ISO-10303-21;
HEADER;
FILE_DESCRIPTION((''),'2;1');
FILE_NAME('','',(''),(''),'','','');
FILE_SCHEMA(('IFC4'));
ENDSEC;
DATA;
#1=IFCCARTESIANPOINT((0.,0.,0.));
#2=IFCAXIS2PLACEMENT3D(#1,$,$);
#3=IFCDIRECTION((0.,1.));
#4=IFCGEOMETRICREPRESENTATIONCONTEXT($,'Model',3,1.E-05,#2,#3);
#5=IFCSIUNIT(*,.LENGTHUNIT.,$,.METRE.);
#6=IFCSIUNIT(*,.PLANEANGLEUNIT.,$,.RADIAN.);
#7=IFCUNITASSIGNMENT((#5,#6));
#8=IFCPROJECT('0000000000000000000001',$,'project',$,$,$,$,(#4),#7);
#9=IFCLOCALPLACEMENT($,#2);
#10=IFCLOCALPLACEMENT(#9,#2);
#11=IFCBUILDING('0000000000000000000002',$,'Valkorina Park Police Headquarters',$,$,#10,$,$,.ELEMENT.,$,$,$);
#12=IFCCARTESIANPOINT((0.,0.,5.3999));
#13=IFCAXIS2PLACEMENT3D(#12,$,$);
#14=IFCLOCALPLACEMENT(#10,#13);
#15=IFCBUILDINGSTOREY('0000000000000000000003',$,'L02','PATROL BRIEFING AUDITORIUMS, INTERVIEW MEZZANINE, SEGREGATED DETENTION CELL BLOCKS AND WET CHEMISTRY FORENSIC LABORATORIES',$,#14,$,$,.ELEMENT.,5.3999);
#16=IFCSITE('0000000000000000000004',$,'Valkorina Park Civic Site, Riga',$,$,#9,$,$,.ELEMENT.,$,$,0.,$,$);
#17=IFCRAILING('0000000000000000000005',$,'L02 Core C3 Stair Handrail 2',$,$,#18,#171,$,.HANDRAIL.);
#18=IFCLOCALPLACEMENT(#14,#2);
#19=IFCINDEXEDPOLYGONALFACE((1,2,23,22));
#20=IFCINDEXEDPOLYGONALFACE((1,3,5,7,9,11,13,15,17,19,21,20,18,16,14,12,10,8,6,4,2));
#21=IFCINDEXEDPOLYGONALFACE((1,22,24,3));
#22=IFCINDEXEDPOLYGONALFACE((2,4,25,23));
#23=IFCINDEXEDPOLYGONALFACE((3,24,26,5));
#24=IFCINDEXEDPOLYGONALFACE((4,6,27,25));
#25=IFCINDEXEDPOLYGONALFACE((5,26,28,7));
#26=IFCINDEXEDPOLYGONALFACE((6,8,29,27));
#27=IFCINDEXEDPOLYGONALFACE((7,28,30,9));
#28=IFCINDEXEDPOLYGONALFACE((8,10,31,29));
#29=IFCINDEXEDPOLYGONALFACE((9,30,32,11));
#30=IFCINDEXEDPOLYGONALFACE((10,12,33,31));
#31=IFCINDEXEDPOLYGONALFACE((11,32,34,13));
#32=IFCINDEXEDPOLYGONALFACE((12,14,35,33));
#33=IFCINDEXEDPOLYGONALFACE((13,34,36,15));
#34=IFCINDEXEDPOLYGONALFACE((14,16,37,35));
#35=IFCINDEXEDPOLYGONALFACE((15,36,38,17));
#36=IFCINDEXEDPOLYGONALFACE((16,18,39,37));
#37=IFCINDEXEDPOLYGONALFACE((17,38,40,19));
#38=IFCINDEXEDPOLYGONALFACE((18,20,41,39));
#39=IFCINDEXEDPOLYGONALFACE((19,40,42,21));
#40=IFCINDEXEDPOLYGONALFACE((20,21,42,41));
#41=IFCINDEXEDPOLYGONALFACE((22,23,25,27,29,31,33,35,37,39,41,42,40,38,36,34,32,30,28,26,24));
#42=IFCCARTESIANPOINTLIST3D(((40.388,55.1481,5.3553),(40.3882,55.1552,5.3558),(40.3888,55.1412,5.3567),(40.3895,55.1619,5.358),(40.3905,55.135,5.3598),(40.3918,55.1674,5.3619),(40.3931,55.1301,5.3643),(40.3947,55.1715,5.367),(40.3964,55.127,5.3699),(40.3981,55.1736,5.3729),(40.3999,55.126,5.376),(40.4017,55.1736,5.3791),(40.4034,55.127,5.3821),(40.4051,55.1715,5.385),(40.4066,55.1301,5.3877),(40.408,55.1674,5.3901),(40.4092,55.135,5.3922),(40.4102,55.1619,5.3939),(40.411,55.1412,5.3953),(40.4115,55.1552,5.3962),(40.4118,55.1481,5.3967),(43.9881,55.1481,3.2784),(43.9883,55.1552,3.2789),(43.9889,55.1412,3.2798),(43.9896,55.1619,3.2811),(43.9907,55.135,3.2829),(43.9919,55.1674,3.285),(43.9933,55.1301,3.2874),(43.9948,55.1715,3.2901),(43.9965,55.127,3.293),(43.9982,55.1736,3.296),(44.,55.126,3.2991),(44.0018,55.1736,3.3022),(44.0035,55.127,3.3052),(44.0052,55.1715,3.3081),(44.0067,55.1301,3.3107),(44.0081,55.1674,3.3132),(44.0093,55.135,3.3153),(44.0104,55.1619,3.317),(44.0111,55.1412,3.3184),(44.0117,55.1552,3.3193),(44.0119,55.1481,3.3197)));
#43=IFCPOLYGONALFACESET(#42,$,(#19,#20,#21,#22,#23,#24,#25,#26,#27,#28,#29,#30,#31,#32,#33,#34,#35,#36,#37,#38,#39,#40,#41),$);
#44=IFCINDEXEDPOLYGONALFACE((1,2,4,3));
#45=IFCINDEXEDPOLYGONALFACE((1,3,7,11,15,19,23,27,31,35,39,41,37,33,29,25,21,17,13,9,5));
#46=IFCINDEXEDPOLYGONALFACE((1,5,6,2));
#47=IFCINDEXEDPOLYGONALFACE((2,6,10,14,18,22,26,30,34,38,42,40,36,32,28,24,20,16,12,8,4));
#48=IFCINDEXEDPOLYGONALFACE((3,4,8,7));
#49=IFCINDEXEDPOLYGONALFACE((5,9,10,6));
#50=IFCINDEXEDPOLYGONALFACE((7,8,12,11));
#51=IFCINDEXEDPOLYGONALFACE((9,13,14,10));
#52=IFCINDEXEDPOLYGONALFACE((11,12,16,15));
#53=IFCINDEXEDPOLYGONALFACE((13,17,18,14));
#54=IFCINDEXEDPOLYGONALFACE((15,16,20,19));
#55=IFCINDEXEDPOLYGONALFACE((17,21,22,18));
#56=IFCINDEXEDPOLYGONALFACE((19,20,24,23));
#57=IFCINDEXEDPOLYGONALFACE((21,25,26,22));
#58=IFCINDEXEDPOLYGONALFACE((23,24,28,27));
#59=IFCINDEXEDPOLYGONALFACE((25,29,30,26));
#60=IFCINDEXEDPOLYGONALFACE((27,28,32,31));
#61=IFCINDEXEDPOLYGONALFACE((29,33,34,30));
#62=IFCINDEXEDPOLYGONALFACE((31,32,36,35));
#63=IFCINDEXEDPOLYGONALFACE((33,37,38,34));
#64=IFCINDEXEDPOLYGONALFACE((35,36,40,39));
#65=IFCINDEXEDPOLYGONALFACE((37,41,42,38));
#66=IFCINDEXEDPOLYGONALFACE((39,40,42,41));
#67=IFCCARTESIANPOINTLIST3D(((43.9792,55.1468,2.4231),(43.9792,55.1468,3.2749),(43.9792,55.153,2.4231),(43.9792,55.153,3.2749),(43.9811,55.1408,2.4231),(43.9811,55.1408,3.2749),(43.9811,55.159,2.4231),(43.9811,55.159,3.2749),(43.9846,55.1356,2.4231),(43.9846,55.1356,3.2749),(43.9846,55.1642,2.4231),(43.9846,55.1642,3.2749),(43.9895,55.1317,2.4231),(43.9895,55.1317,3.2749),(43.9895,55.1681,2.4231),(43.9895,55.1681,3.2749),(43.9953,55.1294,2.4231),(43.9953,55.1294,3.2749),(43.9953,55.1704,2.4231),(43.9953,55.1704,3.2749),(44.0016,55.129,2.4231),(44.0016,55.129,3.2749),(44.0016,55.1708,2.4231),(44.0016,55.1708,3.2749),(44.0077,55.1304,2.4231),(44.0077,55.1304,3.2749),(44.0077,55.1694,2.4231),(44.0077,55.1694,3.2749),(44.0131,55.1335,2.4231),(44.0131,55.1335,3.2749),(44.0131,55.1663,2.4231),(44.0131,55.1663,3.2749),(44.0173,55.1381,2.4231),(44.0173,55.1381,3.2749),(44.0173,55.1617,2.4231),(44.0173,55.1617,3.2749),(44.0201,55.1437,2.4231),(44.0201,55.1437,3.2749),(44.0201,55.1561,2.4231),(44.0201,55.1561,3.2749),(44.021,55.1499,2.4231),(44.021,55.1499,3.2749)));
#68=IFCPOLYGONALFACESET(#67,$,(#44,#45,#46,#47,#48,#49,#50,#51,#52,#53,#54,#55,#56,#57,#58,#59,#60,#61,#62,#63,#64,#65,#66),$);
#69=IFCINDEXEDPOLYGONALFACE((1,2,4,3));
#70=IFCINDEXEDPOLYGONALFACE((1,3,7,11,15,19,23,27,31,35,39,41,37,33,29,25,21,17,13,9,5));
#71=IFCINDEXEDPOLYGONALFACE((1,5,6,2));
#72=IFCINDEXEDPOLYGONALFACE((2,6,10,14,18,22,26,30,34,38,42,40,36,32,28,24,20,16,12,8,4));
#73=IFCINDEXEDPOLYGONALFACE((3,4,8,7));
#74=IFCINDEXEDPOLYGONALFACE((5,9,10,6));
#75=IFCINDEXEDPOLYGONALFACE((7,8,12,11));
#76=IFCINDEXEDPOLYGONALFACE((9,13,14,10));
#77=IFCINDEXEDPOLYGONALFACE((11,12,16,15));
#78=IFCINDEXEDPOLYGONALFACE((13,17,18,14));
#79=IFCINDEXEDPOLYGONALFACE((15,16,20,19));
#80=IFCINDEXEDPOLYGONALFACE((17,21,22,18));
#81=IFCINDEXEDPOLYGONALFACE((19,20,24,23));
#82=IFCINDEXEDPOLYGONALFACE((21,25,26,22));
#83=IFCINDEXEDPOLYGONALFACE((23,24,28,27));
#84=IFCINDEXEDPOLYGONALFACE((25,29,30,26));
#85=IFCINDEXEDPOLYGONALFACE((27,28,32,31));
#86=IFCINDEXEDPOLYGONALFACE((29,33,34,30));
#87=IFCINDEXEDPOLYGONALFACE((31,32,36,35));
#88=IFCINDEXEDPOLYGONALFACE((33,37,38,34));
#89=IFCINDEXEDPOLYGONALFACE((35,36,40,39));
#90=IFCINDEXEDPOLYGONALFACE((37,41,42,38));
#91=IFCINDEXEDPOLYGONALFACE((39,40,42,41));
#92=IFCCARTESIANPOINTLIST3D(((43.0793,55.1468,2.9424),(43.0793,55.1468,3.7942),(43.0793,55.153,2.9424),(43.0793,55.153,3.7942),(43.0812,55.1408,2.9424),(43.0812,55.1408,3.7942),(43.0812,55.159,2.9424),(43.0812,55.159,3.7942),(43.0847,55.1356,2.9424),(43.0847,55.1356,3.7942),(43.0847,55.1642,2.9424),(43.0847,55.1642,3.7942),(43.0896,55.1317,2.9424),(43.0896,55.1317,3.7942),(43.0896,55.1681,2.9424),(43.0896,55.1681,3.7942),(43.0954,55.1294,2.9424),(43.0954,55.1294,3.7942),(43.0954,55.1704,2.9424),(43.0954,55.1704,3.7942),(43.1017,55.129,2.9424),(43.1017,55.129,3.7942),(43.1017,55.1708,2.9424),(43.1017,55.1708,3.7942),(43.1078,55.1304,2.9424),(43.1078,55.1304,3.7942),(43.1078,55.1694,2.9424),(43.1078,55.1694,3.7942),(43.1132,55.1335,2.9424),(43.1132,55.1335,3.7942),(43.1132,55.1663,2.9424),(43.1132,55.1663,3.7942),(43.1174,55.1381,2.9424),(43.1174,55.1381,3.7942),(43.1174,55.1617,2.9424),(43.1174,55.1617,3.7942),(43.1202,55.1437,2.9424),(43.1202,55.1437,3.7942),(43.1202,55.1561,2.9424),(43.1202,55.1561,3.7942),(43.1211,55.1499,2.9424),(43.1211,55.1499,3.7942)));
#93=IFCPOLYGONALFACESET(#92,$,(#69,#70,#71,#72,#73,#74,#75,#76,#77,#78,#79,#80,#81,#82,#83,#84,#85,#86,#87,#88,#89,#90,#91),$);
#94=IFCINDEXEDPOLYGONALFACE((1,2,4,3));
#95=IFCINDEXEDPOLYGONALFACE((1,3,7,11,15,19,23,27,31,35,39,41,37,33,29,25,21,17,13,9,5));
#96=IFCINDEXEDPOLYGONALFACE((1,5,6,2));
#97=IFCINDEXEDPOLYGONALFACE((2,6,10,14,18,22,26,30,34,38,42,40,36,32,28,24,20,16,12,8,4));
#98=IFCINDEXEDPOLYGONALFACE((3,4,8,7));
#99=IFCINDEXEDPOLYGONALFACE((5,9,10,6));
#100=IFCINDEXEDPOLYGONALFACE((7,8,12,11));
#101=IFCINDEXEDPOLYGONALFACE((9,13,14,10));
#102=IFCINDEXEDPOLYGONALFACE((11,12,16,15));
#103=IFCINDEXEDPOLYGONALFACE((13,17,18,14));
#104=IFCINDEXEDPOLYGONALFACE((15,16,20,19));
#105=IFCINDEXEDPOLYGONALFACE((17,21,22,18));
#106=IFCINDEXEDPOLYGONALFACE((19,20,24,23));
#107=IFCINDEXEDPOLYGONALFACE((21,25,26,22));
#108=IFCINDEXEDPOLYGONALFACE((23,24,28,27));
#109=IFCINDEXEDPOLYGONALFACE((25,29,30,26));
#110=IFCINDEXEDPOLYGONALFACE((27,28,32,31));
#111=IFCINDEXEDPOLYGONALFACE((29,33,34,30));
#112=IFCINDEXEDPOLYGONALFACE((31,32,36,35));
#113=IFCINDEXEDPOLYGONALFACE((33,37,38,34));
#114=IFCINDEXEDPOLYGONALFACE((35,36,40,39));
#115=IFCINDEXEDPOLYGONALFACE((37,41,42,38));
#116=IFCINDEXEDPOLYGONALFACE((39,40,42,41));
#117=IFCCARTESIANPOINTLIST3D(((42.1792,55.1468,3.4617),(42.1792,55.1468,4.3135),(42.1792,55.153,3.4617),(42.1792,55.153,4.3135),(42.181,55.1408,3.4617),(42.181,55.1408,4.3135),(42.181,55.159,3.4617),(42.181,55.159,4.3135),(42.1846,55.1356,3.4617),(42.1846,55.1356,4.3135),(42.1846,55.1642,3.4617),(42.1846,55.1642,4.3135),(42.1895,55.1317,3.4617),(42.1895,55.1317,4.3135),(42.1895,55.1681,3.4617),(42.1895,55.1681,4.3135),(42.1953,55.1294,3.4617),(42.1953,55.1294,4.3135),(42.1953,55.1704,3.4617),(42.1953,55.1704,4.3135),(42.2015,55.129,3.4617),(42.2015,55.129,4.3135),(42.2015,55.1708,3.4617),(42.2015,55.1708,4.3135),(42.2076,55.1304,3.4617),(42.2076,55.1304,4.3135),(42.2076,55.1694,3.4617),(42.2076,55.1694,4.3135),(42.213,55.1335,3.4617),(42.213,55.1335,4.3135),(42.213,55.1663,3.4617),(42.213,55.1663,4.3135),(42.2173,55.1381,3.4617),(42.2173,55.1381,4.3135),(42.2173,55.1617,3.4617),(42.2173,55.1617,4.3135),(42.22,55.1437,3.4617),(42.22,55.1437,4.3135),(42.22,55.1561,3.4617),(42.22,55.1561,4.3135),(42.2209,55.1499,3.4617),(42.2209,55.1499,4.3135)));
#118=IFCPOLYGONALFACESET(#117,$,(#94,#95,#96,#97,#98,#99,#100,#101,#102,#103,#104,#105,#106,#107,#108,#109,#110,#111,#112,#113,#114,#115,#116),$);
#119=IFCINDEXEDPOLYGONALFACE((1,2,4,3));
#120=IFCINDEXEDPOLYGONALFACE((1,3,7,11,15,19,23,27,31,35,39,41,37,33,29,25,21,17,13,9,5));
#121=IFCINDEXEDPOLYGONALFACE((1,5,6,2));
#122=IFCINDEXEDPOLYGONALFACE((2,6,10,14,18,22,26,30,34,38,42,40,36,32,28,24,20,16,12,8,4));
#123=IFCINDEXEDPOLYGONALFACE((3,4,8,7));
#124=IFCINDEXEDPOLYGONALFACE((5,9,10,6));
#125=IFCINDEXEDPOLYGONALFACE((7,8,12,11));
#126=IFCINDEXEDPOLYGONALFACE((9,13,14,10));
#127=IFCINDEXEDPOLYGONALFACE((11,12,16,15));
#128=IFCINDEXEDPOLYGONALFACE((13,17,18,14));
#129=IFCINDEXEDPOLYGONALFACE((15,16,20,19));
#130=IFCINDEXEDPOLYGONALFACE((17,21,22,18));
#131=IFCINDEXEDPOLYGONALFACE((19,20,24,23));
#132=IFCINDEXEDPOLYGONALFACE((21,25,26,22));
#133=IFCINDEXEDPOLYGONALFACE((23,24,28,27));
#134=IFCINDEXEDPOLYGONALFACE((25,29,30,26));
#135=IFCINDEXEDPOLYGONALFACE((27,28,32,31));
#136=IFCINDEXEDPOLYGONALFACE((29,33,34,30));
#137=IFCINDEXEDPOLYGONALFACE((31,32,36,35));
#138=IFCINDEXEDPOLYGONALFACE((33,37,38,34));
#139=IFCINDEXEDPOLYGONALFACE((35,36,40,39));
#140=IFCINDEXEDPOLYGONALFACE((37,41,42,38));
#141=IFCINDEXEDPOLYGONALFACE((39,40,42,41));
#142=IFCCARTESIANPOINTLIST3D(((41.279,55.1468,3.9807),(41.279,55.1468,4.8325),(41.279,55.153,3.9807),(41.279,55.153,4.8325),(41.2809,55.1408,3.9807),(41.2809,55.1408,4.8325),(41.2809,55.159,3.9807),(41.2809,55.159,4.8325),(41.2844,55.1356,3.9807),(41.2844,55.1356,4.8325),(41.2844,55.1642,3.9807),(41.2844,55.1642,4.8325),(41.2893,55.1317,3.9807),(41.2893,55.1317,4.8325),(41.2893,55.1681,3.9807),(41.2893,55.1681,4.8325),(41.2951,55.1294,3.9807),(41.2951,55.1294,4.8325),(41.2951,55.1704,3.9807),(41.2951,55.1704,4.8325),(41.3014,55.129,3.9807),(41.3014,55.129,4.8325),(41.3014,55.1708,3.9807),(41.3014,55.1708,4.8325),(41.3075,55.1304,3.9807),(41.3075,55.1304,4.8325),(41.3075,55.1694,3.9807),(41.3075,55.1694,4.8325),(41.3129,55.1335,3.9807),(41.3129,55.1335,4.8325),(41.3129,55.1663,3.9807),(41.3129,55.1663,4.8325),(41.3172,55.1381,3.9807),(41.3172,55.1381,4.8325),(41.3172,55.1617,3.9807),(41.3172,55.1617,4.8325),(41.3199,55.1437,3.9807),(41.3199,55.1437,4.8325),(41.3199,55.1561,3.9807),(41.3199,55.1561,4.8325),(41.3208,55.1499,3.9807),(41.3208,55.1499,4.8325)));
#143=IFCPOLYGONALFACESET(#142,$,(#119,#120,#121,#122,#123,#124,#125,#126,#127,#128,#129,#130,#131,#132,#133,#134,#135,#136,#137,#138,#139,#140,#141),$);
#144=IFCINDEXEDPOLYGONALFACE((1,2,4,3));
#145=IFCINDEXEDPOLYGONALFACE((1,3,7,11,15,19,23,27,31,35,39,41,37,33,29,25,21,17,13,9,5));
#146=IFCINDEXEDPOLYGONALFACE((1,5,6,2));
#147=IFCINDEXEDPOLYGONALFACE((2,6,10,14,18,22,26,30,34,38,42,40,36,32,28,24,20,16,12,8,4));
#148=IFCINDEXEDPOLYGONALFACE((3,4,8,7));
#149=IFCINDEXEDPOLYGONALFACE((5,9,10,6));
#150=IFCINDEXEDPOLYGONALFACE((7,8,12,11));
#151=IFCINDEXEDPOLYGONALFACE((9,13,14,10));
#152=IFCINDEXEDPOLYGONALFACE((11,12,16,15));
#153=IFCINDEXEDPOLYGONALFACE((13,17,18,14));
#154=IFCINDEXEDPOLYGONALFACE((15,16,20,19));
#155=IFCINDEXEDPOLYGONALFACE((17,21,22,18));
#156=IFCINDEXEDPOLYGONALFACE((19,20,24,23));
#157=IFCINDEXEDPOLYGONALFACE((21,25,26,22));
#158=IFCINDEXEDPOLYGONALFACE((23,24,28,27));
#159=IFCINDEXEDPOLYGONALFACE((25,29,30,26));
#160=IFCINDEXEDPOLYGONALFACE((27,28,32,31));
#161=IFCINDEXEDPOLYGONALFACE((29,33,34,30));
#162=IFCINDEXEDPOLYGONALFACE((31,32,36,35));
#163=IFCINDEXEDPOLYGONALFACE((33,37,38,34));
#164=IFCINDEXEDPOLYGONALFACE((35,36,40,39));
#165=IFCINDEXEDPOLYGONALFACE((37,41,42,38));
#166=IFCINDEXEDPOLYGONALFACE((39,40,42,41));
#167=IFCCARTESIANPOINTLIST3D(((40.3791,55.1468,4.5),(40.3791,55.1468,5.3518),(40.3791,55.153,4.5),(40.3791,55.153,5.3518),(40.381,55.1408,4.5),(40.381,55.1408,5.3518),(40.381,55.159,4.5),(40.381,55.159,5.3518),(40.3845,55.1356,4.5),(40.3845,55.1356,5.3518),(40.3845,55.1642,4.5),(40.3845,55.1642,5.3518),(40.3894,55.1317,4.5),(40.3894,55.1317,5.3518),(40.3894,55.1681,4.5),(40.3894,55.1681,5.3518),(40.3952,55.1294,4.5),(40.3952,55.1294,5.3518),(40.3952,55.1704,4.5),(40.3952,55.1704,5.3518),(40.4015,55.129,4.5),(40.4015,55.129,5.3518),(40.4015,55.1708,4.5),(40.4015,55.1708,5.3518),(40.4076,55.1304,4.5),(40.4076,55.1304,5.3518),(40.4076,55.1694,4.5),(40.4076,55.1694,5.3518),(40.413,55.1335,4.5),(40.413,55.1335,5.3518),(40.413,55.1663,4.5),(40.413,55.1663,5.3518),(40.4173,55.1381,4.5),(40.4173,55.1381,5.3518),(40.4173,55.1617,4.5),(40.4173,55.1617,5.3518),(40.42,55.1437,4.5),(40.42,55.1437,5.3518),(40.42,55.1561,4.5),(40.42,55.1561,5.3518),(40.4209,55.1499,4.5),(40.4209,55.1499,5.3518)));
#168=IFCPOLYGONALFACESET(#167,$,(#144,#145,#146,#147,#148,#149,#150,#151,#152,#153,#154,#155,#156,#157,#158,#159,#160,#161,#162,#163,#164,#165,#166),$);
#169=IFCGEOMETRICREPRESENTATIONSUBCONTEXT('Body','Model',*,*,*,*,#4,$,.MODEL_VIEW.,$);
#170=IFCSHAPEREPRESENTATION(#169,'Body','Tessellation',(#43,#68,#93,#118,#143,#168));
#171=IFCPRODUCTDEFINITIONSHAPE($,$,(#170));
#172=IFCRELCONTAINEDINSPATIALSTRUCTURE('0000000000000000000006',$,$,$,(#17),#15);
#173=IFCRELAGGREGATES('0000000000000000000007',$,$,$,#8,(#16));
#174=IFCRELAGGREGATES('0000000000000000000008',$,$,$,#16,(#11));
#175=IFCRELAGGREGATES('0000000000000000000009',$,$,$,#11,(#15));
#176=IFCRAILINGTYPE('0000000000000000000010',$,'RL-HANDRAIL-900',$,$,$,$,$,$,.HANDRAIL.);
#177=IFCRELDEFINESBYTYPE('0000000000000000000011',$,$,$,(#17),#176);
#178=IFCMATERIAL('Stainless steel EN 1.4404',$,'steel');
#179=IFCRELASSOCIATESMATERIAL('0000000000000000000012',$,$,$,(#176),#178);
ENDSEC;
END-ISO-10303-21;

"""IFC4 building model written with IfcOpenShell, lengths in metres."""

from ifc_helpers import new_model, si_unit, direction, frame, origin, origin_2d, place, context, subcontext, project, spatial, circle, extrude, material, type_object, element, save


model = new_model("IFC4")

# Units and contexts
model_context = context("Model", 3, precision=1e-05, world=origin(), true_north=direction((0.0, 1.0)))
body_context = subcontext(model_context, "Body", "Model", "MODEL_VIEW")
ifc_project = project(units=[si_unit("LENGTHUNIT", "METRE"), si_unit("PLANEANGLEUNIT", "RADIAN")], contexts=[model_context])

# Site, building, storey
site_placement = place(None, origin())
site = spatial("IfcSite", under=ifc_project, at=site_placement, Name="Valkorina Park Civic Site, Riga", CompositionType="ELEMENT", RefElevation=0.0)
building_placement = place(site_placement, origin())
building = spatial("IfcBuilding", under=site, at=building_placement, Name="Valkorina Park Police Headquarters", CompositionType="ELEMENT")
storey_placement = place(building_placement, frame((0.0, 0.0, 5.3999)))
storey = spatial("IfcBuildingStorey", under=building, at=storey_placement, Name="L02", Description="PATROL BRIEFING AUDITORIUMS, INTERVIEW MEZZANINE, SEGREGATED DETENTION CELL BLOCKS AND WET CHEMISTRY FORENSIC LABORATORIES", CompositionType="ELEMENT", Elevation=5.3999)

# Shared definitions
ifc_material_1 = material(Name="Stainless steel EN 1.4404", Category="steel")

# Railing
railing_type_1 = type_object("IfcRailingType", Name="RL-HANDRAIL-900", PredefinedType="HANDRAIL", material=ifc_material_1)
railing_1_placement = place(storey_placement, frame((44.0, 55.1499, 2.4231)))
element("IfcRailing", 1, at=railing_1_placement, inside=storey, type_object=railing_type_1, Name="L02 Core C3 Stair Handrail 2", PredefinedType="HANDRAIL", context=body_context, shape_type="SweptSolid", body=[
    extrude(circle(Radius=0.0239, at=origin_2d()), frame((0.0, 0.0, 0.876), z_axis=(-0.866193, 0.0, 0.499709), x_axis=(0.0, -1.0, 0.0)), (0.0, 0.0, 1.0), 4.1562),
    extrude(circle(Radius=0.021, at=origin_2d()), origin(), (0.0, 0.0, 1.0), 0.8518),
    extrude(circle(Radius=0.021, at=origin_2d()), frame((-0.8999, 0.0, 0.5193)), (0.0, 0.0, 1.0), 0.8518),
    extrude(circle(Radius=0.021, at=origin_2d()), frame((-1.8, 0.0, 1.0386)), (0.0, 0.0, 1.0), 0.8518),
    extrude(circle(Radius=0.021, at=origin_2d()), frame((-2.7002, 0.0, 1.5576)), (0.0, 0.0, 1.0), 0.8518),
    extrude(circle(Radius=0.021, at=origin_2d()), frame((-3.6001, 0.0, 2.0769)), (0.0, 0.0, 1.0), 0.8518),
])

save(model, "model.ifc")
